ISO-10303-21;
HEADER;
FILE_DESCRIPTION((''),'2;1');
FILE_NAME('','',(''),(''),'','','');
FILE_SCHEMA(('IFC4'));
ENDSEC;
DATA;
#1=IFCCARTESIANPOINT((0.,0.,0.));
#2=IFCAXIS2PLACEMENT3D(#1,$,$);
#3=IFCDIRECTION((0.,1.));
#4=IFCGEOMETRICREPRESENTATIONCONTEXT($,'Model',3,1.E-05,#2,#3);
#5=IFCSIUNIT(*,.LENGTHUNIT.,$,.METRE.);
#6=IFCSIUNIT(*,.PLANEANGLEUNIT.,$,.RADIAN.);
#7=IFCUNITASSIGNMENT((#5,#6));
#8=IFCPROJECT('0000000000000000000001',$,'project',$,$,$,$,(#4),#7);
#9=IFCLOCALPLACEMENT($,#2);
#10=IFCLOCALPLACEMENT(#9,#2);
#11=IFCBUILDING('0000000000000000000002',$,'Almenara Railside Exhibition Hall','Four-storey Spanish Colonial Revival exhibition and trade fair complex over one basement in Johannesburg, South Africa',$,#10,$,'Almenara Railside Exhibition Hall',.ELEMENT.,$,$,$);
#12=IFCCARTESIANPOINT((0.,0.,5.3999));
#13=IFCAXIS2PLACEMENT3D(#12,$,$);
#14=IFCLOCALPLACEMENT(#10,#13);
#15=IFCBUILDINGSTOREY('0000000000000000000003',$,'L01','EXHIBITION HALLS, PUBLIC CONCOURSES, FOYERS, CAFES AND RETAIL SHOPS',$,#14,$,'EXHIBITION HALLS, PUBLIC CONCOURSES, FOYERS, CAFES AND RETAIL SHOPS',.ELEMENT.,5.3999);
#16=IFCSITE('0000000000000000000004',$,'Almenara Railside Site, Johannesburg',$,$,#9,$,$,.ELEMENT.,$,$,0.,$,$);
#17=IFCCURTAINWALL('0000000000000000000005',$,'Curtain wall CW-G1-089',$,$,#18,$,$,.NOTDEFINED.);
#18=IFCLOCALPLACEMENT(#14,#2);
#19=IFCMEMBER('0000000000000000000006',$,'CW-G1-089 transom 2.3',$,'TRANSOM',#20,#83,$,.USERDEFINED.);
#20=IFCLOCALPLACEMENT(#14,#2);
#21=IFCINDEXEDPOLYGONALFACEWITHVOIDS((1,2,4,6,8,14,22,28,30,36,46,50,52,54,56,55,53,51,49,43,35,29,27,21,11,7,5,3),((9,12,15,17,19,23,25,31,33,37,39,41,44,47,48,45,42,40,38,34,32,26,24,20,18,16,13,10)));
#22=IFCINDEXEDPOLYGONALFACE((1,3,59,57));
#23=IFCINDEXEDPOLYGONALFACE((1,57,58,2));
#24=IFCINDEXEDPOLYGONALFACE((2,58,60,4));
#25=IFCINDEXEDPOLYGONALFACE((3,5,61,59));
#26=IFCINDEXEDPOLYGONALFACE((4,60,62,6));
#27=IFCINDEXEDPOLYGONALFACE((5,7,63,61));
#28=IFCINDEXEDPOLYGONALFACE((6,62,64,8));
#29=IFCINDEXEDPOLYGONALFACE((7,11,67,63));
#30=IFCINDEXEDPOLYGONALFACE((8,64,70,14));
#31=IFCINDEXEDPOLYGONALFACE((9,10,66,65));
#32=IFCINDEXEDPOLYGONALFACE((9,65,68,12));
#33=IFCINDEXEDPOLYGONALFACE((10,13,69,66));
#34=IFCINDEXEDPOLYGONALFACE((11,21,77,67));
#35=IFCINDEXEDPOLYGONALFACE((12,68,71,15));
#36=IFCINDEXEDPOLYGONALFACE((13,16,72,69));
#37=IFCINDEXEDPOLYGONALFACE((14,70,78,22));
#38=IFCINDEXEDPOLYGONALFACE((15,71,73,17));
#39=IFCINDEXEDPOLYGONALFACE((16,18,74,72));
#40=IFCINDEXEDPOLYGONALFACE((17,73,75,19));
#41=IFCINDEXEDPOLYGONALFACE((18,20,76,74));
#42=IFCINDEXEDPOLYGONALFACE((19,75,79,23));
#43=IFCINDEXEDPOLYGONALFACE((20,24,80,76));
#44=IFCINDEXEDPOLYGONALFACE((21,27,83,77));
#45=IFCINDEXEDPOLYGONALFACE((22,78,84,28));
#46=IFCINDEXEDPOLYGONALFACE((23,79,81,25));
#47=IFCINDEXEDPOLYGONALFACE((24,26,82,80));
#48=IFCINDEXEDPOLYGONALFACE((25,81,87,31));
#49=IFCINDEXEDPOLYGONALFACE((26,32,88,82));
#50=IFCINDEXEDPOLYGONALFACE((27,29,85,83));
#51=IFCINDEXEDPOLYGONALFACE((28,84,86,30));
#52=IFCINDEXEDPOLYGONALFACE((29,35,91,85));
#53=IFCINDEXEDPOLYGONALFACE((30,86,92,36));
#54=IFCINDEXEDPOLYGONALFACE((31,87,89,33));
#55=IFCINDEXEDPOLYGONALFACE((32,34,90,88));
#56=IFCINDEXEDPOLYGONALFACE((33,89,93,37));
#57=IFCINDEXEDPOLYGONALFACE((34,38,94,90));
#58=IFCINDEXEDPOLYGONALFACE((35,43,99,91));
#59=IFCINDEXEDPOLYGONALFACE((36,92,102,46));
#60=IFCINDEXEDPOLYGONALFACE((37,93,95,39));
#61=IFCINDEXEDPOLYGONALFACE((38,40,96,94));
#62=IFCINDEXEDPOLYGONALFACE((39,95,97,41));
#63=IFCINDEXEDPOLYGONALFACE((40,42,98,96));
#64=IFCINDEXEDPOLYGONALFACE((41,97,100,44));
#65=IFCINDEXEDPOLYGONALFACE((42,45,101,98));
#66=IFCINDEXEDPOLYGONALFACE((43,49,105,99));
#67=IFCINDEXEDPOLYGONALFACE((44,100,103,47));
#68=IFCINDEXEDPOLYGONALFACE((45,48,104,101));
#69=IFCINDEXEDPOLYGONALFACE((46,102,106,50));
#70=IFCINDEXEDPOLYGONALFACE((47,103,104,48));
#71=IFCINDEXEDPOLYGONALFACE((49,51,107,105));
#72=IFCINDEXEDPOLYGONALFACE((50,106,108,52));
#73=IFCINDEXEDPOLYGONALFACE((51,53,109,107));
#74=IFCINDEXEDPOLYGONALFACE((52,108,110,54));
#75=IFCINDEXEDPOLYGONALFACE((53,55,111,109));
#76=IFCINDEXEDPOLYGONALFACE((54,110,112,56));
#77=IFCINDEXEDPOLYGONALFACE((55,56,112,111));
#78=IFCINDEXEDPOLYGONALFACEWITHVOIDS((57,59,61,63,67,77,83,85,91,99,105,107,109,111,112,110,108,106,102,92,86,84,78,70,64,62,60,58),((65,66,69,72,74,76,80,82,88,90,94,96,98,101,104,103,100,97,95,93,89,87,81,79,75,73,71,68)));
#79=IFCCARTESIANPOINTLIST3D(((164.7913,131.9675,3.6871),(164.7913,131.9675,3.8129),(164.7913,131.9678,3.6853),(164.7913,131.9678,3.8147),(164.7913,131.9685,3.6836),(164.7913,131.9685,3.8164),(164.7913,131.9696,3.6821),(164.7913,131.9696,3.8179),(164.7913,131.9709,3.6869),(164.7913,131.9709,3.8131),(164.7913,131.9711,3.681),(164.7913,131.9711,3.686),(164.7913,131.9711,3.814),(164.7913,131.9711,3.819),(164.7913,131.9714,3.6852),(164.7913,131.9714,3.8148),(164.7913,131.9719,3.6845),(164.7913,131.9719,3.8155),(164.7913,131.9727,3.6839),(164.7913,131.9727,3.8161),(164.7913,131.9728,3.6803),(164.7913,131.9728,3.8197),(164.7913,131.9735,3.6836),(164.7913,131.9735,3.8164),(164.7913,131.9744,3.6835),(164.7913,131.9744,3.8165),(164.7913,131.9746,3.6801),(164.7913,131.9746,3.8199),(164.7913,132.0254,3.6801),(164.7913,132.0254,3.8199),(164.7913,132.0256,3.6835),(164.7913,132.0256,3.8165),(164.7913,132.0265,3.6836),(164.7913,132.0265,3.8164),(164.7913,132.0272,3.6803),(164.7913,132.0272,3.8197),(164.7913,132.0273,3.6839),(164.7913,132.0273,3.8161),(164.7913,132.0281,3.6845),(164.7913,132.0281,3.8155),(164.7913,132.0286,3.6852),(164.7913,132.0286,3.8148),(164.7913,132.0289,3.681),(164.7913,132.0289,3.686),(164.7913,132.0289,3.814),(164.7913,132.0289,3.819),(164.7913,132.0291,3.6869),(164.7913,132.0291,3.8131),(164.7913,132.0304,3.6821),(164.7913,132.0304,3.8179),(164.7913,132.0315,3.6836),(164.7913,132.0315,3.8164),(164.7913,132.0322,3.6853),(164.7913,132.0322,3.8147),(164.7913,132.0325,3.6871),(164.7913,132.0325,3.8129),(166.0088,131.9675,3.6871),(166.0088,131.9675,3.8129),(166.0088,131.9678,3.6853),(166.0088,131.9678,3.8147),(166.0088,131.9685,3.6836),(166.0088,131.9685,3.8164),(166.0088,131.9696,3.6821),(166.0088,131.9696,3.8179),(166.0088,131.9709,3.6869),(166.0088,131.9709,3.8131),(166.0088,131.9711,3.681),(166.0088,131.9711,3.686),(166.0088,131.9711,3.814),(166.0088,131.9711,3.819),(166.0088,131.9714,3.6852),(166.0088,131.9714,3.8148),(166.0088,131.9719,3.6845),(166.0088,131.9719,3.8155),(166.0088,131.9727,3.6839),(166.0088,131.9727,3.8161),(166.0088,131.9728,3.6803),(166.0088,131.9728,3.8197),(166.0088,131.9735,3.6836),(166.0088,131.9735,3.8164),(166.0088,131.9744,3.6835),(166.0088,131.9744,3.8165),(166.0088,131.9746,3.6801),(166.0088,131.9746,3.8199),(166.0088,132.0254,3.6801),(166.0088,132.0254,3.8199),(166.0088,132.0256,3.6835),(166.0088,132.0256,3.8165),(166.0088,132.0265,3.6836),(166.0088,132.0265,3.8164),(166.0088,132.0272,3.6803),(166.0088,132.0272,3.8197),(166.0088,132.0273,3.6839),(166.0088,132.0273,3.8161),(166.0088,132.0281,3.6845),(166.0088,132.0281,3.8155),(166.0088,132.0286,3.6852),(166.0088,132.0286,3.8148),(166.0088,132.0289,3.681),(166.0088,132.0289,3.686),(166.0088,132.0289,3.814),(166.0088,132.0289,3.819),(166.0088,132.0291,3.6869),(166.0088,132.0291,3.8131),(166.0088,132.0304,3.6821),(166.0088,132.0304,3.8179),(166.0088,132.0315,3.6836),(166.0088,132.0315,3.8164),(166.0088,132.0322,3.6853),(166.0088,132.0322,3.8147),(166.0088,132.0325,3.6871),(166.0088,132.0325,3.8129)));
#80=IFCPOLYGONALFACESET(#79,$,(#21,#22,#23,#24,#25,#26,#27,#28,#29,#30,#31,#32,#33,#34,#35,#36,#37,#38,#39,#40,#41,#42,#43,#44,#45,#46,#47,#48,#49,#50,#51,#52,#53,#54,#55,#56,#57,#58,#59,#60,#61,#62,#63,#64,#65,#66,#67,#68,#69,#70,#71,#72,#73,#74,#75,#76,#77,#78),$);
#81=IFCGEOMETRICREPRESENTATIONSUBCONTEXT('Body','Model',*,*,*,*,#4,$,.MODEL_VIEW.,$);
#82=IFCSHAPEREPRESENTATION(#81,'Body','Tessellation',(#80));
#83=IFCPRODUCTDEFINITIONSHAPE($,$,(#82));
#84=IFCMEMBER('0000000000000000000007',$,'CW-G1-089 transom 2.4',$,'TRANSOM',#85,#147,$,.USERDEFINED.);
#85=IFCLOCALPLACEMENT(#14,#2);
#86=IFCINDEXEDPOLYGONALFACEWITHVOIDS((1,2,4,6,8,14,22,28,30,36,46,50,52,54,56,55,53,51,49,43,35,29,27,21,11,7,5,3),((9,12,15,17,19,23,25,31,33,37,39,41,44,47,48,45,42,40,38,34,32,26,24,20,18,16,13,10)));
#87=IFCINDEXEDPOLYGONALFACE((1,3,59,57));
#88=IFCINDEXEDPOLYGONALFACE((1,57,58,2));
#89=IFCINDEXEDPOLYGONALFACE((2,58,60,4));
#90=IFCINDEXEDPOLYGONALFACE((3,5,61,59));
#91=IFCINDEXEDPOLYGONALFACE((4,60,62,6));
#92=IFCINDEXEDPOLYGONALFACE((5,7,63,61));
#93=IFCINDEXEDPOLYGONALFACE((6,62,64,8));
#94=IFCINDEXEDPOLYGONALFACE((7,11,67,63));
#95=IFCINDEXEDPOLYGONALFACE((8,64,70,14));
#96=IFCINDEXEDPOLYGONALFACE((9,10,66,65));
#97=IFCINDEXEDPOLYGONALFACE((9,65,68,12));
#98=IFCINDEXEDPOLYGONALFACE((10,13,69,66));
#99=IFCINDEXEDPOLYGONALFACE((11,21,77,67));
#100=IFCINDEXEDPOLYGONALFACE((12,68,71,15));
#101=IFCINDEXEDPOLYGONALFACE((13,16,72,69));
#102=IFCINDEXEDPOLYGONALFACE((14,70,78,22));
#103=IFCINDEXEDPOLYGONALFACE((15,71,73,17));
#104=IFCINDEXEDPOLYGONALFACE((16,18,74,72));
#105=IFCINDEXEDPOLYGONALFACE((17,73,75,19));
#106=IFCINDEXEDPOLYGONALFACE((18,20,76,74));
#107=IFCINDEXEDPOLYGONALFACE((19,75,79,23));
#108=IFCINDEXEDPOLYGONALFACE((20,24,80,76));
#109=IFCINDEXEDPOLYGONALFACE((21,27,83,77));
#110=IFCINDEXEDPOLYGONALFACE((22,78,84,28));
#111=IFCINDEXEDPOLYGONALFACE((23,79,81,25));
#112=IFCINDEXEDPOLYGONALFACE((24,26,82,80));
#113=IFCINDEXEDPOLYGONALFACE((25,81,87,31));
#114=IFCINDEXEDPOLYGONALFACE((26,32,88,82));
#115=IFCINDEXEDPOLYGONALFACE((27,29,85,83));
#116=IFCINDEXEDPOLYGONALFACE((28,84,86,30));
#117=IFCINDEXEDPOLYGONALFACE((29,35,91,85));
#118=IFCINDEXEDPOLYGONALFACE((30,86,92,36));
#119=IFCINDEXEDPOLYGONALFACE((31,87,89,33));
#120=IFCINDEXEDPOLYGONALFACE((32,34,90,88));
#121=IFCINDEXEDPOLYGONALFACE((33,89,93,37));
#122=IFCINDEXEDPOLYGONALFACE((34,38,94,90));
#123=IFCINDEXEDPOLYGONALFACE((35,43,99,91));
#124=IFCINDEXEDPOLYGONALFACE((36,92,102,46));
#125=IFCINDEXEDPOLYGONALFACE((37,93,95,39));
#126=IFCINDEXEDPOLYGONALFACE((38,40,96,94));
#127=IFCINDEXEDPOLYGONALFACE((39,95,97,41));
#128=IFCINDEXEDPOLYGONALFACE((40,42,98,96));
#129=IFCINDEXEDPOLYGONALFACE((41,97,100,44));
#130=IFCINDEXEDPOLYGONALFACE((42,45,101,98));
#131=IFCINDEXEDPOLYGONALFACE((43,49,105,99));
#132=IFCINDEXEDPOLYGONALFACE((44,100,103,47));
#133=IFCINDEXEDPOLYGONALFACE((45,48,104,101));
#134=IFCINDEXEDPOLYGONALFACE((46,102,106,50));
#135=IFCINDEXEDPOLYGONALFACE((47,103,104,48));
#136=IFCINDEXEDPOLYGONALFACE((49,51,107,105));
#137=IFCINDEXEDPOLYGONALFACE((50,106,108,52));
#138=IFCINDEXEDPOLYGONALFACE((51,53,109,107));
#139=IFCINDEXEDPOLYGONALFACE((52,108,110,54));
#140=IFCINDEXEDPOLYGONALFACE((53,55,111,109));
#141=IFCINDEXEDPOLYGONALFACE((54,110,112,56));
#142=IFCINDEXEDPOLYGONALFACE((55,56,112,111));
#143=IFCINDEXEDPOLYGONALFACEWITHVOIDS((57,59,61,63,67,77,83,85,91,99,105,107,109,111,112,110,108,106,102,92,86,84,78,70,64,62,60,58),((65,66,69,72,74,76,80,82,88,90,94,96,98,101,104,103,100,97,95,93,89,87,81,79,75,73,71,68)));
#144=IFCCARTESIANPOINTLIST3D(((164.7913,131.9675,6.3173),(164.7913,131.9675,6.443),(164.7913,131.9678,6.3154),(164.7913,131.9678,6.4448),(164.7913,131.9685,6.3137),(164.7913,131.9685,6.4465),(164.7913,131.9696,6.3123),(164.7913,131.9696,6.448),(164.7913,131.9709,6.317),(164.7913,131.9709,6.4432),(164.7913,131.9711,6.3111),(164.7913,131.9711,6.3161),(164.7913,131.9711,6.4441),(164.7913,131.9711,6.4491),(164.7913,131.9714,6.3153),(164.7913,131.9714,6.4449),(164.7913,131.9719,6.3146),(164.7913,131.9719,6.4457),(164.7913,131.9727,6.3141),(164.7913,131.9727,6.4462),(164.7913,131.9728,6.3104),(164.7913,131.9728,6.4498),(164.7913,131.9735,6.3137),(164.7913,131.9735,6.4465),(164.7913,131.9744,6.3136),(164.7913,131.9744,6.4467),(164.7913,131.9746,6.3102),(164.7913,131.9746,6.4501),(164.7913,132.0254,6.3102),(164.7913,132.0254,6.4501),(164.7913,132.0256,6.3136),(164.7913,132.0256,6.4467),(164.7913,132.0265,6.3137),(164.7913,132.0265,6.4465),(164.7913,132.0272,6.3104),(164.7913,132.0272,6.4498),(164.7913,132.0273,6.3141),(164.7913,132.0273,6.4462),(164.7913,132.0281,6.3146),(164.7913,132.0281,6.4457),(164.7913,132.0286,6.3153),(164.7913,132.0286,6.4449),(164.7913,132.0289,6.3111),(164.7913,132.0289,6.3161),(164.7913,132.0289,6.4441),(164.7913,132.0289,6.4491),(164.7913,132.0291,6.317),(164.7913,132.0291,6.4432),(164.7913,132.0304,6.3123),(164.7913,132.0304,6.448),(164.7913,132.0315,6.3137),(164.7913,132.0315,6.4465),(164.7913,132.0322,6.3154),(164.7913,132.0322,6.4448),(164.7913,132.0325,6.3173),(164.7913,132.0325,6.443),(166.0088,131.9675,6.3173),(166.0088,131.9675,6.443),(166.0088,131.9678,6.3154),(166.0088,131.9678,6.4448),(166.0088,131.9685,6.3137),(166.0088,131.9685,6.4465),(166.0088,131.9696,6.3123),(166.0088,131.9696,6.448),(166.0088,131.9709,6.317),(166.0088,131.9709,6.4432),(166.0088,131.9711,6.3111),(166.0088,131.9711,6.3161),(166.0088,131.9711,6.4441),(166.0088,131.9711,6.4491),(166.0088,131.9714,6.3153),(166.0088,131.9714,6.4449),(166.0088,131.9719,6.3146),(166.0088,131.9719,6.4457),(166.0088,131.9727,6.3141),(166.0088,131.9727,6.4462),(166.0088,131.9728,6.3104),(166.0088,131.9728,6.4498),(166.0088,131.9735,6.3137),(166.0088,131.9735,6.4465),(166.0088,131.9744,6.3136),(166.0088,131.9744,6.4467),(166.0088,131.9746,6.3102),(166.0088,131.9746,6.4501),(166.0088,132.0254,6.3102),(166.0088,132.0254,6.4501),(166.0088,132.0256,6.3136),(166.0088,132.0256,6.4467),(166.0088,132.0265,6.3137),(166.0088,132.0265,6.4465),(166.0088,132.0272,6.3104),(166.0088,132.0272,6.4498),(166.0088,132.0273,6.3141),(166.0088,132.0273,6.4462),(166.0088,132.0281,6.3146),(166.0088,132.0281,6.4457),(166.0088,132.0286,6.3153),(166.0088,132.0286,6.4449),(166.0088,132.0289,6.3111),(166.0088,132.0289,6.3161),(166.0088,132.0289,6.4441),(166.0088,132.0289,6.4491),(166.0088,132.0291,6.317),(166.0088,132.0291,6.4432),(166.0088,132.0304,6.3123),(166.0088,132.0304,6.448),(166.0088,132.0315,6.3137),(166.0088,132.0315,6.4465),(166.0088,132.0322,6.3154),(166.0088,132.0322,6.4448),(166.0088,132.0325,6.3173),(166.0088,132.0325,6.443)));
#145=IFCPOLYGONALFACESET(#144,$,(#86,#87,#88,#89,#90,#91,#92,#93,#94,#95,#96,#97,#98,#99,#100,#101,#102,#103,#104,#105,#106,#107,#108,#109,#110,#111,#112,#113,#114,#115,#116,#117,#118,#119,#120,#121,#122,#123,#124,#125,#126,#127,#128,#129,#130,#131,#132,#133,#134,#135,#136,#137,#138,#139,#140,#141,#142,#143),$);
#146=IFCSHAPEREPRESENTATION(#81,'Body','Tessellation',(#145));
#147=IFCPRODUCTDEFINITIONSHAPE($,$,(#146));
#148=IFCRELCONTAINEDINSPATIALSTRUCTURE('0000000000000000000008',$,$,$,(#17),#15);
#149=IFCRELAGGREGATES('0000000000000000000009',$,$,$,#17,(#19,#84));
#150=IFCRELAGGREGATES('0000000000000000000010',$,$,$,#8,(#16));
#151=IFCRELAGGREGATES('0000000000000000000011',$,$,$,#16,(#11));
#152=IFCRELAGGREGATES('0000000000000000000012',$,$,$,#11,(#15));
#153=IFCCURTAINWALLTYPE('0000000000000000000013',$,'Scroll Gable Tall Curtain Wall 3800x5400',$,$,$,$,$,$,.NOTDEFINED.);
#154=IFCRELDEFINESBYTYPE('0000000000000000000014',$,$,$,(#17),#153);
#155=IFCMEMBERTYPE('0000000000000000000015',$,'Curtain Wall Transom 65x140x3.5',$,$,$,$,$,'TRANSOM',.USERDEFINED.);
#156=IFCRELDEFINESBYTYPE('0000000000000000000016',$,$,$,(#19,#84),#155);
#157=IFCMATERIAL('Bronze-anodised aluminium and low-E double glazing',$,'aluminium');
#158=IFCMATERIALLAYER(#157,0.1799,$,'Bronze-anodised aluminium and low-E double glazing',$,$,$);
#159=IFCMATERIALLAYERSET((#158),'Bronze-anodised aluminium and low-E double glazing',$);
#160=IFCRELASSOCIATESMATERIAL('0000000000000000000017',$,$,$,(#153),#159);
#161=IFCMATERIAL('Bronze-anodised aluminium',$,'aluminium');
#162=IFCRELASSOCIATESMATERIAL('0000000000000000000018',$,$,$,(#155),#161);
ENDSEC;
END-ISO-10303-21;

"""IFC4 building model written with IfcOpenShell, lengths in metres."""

from ifc_helpers import new_model, si_unit, direction, frame, origin, origin_2d, place, context, subcontext, project, spatial, hollow_rectangle, extrude, material, layer, layer_set, material_profile, profile_set, type_object, element, aggregate, save


model = new_model("IFC4")

# Units and contexts
model_context = context("Model", 3, precision=1e-05, world=origin(), true_north=direction((0.0, 1.0)))
body_context = subcontext(model_context, "Body", "Model", "MODEL_VIEW")
ifc_project = project(units=[si_unit("LENGTHUNIT", "METRE"), si_unit("PLANEANGLEUNIT", "RADIAN")], contexts=[model_context])

# Site, building, storey
site_placement = place(None, origin())
site = spatial("IfcSite", under=ifc_project, at=site_placement, Name="Almenara Railside Site, Johannesburg", CompositionType="ELEMENT", RefElevation=0.0)
building_placement = place(site_placement, origin())
building = spatial("IfcBuilding", under=site, at=building_placement, Name="Almenara Railside Exhibition Hall", Description="Four-storey Spanish Colonial Revival exhibition and trade fair complex over one basement in Johannesburg, South Africa", LongName="Almenara Railside Exhibition Hall", CompositionType="ELEMENT")
storey_placement = place(building_placement, frame((0.0, 0.0, 5.3999)))
storey = spatial("IfcBuildingStorey", under=building, at=storey_placement, Name="L01", Description="EXHIBITION HALLS, PUBLIC CONCOURSES, FOYERS, CAFES AND RETAIL SHOPS", LongName="EXHIBITION HALLS, PUBLIC CONCOURSES, FOYERS, CAFES AND RETAIL SHOPS", CompositionType="ELEMENT", Elevation=5.3999)

# Shared definitions
ifc_material_1 = material(Name="Bronze-anodised aluminium and low-E double glazing", Category="aluminium")
ifc_layer_1 = layer(ifc_material_1, 0.1799, Name="Bronze-anodised aluminium and low-E double glazing")
ifc_layer_set_1 = layer_set([ifc_layer_1], Name="Bronze-anodised aluminium and low-E double glazing")
curtain_wall_type = type_object("IfcCurtainWallType", Name="Scroll Gable Tall Curtain Wall 3800x5400", PredefinedType="NOTDEFINED", material=ifc_layer_set_1)
ifc_material_2 = material(Name="Bronze-anodised aluminium", Category="aluminium")

# Curtain wall
curtain_wall_1_placement = place(storey_placement, origin())
curtain_wall_1 = element("IfcCurtainWall", 1, at=curtain_wall_1_placement, inside=storey, type_object=curtain_wall_type, Name="Curtain wall CW-G1-089", PredefinedType="NOTDEFINED")

# Members
ifc_material_profile_1 = material_profile(ifc_material_2, hollow_rectangle(XDim=0.0649, YDim=0.1399, WallThickness=0.0034, InnerFilletRadius=0.0034, OuterFilletRadius=0.0071, at=origin_2d()), Name="ALU-TRN 65x140x3.5")
ifc_profile_set_1 = profile_set([ifc_material_profile_1], Name="Bronze-anodised aluminium")
member_type_1 = type_object("IfcMemberType", Name="Curtain Wall Transom 65x140x3.5", ElementType="TRANSOM", PredefinedType="USERDEFINED", material=ifc_profile_set_1)
member_1_placement = place(storey_placement, frame((164.7913, 132.0, 3.75), z_axis=(1.0, 0.0, 0.0), x_axis=(0.0, 1.0, 0.0)))
member_1 = element("IfcMember", 2, at=member_1_placement, type_object=member_type_1, Name="CW-G1-089 transom 2.3", ObjectType="TRANSOM", PredefinedType="USERDEFINED", context=body_context, shape_type="SweptSolid", body=[
    extrude(hollow_rectangle(XDim=0.0649, YDim=0.1399, WallThickness=0.0034, InnerFilletRadius=0.0034, OuterFilletRadius=0.0071, at=origin_2d()), origin(), (0.0, 0.0, 1.0), 1.2175),
])
member_2_placement = place(storey_placement, frame((164.7913, 132.0, 6.3801), z_axis=(1.0, 0.0, 0.0), x_axis=(0.0, 1.0, 0.0)))
member_2 = element("IfcMember", 3, at=member_2_placement, type_object=member_type_1, Name="CW-G1-089 transom 2.4", ObjectType="TRANSOM", PredefinedType="USERDEFINED", context=body_context, shape_type="SweptSolid", body=[
    extrude(hollow_rectangle(XDim=0.0649, YDim=0.1399, WallThickness=0.0034, InnerFilletRadius=0.0034, OuterFilletRadius=0.0071, at=origin_2d()), origin(), (0.0, 0.0, 1.0), 1.2175),
])

aggregate(curtain_wall_1, [member_1, member_2])

save(model, "model.ifc")
